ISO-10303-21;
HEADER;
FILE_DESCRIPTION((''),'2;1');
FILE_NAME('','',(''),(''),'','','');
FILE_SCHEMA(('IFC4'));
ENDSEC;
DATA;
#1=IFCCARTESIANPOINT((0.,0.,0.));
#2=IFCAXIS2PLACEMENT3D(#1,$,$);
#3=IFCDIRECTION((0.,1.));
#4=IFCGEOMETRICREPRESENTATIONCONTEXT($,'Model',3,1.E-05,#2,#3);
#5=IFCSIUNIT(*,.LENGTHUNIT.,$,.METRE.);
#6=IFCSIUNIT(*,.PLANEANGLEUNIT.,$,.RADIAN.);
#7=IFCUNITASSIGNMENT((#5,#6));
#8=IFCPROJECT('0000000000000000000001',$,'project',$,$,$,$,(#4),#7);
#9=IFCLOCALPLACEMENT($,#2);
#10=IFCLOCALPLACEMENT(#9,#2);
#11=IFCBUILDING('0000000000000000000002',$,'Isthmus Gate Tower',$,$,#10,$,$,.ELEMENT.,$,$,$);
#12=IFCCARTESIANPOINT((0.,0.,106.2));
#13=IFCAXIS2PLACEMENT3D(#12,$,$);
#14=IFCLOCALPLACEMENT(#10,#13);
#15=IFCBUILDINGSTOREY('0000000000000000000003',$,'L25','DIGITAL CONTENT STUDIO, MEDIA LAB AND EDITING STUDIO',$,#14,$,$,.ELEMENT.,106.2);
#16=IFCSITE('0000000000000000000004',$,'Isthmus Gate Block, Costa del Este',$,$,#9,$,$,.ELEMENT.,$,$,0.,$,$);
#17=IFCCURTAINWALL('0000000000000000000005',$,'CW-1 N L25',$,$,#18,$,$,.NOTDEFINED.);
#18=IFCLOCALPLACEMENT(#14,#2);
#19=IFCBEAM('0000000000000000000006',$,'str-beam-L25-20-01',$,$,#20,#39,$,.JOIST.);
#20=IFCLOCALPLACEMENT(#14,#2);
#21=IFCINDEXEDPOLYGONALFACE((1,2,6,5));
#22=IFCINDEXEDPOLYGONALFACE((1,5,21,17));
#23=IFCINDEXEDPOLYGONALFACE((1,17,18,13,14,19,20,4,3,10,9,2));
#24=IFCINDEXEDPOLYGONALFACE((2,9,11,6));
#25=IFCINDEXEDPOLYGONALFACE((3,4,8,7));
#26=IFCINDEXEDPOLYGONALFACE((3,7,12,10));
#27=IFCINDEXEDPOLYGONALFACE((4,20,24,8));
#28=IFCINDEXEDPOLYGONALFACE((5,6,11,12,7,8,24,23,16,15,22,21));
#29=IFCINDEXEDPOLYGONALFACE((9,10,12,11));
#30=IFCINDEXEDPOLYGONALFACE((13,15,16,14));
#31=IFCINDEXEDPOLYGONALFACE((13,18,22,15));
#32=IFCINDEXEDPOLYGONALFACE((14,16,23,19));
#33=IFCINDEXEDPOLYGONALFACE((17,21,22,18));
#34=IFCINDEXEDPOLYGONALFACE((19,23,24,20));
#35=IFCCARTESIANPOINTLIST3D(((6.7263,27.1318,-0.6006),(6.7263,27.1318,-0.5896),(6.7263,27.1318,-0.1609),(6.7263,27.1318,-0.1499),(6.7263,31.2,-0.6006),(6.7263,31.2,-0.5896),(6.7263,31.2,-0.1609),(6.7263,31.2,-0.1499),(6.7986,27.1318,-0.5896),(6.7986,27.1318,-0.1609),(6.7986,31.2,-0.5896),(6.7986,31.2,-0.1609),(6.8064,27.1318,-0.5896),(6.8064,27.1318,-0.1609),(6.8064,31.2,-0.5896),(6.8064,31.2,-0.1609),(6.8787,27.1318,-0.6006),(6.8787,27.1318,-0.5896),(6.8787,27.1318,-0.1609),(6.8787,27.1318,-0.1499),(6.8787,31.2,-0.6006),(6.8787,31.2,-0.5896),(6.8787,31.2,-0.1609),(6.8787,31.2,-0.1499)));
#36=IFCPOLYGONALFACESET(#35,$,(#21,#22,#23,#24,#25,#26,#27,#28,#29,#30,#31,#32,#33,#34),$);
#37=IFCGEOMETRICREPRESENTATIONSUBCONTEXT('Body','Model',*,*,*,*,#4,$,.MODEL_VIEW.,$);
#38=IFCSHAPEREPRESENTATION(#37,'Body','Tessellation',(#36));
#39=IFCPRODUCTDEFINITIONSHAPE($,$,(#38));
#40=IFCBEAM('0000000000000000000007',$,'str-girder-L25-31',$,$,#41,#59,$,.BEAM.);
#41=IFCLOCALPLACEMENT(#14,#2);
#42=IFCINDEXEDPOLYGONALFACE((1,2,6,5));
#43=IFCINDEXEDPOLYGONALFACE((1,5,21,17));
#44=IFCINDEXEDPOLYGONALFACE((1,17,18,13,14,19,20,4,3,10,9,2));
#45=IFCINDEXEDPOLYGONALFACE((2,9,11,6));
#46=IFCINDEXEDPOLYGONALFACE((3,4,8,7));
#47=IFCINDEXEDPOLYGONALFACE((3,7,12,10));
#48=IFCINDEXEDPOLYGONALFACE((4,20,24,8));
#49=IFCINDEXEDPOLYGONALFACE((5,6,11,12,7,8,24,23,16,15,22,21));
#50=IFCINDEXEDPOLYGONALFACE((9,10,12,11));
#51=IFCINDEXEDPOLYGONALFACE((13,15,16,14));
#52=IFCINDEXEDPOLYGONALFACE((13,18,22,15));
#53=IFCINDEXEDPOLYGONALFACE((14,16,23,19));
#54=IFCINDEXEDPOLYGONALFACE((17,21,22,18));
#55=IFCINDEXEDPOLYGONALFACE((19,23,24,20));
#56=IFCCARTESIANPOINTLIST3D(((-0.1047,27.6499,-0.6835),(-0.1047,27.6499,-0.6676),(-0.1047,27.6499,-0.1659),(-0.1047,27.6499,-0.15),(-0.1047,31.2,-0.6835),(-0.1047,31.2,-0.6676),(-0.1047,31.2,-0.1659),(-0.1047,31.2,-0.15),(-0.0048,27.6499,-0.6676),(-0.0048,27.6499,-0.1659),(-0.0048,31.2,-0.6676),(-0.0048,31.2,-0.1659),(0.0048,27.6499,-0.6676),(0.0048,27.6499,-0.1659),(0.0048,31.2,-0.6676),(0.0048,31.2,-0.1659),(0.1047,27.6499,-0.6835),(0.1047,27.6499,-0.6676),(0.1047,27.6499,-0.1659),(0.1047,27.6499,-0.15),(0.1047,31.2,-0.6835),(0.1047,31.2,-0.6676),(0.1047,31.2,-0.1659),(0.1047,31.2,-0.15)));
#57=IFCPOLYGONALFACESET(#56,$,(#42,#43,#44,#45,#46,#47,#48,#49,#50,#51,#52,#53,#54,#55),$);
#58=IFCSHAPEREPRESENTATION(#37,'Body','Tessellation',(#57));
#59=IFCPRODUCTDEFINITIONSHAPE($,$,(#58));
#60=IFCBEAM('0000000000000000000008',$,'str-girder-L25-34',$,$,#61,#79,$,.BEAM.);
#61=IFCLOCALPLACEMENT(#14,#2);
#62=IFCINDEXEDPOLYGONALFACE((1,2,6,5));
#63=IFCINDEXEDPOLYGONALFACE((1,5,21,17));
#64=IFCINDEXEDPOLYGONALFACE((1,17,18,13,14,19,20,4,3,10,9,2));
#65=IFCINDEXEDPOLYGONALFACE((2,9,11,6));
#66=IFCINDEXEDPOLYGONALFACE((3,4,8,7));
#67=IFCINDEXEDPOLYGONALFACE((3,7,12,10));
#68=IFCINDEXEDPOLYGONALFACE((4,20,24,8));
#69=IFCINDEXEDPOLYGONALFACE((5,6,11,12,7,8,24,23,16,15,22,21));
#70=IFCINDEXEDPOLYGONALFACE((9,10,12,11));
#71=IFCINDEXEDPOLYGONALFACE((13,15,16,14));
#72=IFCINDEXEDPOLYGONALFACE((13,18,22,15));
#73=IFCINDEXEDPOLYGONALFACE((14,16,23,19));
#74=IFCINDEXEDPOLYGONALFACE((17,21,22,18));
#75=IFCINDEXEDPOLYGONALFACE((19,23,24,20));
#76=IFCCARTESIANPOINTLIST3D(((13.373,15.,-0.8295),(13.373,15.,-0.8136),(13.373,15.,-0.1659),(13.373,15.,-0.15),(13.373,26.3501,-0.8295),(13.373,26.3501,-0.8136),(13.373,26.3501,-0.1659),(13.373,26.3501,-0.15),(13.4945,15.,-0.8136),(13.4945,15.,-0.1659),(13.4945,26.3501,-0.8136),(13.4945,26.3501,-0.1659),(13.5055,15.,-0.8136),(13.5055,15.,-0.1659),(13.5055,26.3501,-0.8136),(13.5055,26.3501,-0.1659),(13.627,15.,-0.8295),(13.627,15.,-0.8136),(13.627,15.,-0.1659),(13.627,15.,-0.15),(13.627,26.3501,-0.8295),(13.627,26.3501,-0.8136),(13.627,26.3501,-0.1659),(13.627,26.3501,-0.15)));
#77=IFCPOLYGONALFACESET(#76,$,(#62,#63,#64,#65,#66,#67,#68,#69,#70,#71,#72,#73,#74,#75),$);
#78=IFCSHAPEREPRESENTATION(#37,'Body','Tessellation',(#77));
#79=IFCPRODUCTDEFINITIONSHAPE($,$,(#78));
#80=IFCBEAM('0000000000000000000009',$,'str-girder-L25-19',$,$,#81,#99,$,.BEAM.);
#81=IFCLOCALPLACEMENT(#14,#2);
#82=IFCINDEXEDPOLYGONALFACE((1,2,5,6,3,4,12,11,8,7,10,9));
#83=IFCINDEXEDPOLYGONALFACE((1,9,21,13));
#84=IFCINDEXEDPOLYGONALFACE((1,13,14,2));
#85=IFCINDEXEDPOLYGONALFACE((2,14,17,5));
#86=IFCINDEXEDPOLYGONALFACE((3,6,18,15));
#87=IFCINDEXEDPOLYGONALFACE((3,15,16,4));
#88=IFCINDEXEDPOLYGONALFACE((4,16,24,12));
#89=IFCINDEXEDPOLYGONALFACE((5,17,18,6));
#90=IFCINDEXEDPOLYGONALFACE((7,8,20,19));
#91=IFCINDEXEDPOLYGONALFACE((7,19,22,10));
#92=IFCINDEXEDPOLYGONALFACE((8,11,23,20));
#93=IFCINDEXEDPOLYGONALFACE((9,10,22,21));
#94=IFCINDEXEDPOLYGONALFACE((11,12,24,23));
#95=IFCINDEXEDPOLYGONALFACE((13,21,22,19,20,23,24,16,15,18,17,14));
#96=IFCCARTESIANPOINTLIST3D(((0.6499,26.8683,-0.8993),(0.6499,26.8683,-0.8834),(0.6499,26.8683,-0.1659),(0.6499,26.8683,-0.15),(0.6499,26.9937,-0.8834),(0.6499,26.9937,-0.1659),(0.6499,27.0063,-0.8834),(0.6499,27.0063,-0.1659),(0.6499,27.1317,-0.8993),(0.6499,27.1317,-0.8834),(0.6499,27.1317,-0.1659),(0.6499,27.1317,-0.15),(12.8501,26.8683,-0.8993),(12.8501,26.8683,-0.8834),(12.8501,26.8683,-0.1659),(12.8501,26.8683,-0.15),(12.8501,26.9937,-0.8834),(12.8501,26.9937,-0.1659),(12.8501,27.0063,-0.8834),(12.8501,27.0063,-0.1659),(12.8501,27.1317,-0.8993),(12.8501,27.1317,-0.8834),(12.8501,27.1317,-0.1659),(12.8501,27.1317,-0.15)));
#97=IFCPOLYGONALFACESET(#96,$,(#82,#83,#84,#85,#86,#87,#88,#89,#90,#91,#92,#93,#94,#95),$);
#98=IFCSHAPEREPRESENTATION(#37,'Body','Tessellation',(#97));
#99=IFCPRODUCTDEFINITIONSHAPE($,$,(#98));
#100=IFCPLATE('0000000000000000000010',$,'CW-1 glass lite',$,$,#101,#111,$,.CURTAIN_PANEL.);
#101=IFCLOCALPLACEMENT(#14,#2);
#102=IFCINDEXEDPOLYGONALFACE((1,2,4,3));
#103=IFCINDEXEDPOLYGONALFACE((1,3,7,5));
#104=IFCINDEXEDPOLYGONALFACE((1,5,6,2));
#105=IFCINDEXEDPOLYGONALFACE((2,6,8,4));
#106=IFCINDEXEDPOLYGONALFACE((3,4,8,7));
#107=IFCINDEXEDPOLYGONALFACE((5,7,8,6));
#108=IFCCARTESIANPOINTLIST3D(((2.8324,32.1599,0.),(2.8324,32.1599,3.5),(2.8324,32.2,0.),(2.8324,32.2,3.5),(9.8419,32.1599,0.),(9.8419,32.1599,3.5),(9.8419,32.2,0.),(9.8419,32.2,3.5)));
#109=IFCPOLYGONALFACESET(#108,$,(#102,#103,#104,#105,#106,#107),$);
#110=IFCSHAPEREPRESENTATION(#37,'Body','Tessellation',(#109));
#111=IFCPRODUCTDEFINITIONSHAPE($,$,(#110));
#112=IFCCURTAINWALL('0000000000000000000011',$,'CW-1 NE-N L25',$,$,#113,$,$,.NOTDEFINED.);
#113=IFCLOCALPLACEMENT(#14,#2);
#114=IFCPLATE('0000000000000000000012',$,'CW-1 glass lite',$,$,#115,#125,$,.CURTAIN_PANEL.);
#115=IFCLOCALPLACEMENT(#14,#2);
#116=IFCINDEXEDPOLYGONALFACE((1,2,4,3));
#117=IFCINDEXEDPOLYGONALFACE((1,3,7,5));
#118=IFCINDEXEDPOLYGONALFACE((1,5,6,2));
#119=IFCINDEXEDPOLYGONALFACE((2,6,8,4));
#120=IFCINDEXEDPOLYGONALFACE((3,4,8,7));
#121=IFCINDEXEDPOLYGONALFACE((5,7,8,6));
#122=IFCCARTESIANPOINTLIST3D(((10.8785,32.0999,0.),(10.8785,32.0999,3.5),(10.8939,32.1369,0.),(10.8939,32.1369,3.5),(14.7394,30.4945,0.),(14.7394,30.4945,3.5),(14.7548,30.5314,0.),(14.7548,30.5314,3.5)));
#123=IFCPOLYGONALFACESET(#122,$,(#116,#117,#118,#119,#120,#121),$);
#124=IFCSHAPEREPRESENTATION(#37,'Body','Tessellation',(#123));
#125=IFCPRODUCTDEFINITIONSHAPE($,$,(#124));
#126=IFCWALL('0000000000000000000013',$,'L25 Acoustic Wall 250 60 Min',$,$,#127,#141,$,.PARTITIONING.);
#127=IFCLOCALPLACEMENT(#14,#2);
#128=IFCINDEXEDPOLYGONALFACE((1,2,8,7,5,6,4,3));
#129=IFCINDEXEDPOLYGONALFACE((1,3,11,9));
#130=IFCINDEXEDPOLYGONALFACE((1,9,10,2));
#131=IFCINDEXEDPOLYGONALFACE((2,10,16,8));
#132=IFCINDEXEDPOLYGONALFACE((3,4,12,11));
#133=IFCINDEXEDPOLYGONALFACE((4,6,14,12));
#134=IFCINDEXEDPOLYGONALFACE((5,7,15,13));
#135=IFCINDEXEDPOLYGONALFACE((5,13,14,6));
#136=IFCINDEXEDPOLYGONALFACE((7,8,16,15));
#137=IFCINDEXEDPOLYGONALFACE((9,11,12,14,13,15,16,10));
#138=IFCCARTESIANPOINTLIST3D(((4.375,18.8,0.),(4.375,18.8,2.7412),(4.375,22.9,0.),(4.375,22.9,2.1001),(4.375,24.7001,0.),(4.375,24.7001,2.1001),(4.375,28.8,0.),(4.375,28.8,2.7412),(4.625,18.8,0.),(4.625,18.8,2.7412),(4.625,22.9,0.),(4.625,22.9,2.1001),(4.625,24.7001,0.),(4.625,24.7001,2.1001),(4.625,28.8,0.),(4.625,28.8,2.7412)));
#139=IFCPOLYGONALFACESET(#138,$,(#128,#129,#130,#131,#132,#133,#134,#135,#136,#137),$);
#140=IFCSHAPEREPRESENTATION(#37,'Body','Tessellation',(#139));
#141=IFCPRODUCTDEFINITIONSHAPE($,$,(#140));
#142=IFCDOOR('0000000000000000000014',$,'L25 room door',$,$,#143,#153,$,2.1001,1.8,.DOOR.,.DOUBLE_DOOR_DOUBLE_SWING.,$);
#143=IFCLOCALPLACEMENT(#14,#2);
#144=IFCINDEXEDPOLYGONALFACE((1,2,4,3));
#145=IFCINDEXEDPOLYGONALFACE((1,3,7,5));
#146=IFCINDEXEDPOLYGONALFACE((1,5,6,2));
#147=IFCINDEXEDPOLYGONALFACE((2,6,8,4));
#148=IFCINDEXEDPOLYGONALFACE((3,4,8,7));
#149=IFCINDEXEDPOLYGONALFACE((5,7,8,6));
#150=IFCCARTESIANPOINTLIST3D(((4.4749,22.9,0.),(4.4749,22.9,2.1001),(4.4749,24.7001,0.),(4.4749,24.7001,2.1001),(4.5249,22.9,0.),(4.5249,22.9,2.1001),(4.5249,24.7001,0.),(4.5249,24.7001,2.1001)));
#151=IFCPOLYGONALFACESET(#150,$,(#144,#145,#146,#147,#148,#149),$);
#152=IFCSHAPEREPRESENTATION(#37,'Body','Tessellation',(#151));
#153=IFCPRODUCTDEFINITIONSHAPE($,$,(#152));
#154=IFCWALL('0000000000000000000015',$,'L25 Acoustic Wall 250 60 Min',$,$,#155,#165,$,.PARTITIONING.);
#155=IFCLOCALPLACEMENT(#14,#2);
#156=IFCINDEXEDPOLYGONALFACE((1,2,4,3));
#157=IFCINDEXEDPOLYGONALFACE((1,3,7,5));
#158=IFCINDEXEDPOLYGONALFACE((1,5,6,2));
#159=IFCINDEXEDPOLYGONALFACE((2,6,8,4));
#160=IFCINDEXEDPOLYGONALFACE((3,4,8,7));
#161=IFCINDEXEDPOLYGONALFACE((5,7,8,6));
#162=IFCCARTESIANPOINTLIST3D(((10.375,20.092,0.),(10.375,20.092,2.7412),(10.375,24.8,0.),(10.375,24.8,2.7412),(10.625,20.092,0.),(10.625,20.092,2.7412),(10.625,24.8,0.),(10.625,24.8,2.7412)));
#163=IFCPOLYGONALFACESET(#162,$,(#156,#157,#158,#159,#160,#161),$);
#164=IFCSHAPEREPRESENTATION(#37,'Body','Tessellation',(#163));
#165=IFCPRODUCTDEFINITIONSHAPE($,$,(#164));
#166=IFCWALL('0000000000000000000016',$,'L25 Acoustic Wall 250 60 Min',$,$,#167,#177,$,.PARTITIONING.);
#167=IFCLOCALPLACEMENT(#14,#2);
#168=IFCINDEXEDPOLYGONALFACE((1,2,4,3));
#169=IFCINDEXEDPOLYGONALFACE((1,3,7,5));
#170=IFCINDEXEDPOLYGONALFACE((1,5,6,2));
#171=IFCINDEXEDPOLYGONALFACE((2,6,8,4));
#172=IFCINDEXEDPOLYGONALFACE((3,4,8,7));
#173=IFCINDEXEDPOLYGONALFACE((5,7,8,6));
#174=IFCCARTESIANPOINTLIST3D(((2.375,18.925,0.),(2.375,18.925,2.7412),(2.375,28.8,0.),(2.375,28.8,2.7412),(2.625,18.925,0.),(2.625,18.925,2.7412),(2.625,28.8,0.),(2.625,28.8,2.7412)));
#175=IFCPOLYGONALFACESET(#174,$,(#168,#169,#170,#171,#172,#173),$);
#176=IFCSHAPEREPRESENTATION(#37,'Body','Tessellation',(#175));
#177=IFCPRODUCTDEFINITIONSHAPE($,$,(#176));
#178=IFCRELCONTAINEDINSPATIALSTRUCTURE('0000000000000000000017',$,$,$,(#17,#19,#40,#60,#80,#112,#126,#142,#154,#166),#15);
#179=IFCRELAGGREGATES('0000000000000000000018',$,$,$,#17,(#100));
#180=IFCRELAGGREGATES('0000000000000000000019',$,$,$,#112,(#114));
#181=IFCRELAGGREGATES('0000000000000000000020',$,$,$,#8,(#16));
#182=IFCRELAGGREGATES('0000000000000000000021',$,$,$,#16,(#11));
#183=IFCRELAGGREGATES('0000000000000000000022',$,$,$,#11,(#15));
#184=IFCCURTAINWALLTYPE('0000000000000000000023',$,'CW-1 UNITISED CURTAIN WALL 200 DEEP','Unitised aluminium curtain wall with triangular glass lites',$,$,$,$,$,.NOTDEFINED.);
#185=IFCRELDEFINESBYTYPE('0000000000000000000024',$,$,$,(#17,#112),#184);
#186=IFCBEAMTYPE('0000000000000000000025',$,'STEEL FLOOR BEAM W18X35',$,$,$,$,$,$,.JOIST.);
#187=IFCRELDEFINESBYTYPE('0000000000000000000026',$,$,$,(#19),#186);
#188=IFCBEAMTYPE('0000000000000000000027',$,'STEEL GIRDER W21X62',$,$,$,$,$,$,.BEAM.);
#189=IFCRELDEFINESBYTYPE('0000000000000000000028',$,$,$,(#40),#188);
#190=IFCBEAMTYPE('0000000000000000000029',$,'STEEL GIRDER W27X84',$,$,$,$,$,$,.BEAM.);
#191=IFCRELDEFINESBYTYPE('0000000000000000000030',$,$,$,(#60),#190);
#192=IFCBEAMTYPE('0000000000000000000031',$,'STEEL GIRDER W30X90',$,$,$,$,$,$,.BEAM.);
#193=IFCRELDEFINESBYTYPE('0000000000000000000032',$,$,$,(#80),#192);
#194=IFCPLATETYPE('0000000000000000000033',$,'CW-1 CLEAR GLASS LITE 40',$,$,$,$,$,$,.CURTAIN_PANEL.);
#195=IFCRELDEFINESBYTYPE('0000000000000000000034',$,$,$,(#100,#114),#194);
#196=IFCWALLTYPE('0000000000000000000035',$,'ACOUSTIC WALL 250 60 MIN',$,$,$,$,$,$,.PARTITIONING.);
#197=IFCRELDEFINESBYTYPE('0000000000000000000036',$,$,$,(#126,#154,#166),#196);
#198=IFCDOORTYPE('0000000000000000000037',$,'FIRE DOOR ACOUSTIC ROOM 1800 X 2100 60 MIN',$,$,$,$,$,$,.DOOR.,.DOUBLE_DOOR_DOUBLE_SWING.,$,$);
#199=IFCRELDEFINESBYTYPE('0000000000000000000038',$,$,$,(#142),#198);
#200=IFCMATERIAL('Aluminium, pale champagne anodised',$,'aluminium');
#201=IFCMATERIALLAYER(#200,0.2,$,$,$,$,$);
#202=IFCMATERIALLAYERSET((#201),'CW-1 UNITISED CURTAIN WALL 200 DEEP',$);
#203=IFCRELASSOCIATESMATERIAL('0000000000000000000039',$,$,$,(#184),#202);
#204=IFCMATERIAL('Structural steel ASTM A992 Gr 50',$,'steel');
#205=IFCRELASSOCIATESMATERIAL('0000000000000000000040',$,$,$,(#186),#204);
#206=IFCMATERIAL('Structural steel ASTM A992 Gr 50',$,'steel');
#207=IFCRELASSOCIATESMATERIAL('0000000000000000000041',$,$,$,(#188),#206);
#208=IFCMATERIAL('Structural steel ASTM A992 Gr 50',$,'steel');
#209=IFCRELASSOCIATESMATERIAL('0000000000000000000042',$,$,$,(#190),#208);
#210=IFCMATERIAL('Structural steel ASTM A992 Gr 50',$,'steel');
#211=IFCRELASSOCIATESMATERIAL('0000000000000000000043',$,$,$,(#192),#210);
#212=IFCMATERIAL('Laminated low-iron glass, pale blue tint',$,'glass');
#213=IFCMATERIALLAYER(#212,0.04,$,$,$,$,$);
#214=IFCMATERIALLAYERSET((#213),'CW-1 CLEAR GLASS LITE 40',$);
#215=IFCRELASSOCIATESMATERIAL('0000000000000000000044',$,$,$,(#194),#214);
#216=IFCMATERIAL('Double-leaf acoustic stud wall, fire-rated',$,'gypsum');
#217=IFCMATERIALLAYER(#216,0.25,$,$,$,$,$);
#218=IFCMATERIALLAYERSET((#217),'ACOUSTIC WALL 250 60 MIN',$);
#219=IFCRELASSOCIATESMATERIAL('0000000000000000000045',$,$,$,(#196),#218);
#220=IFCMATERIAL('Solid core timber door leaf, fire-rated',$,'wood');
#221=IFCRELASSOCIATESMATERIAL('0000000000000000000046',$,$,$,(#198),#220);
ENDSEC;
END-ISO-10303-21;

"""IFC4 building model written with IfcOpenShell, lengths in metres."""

from ifc_helpers import new_model, si_unit, direction, frame, frame_2d, origin, origin_2d, place, context, subcontext, project, spatial, rectangle, i_section, extrude, material, layer, layer_set, material_profile, profile_set, type_object, element, fill, aggregate, save


model = new_model("IFC4")

# Units and contexts
model_context = context("Model", 3, precision=1e-05, world=origin(), true_north=direction((0.0, 1.0)))
body_context = subcontext(model_context, "Body", "Model", "MODEL_VIEW")
ifc_project = project(units=[si_unit("LENGTHUNIT", "METRE"), si_unit("PLANEANGLEUNIT", "RADIAN")], contexts=[model_context])

# Site, building, storey
site_placement = place(None, origin())
site = spatial("IfcSite", under=ifc_project, at=site_placement, Name="Isthmus Gate Block, Costa del Este", CompositionType="ELEMENT", RefElevation=0.0)
building_placement = place(site_placement, origin())
building = spatial("IfcBuilding", under=site, at=building_placement, Name="Isthmus Gate Tower", CompositionType="ELEMENT")
storey_placement = place(building_placement, frame((0.0, 0.0, 106.2)))
storey = spatial("IfcBuildingStorey", under=building, at=storey_placement, Name="L25", Description="DIGITAL CONTENT STUDIO, MEDIA LAB AND EDITING STUDIO", CompositionType="ELEMENT", Elevation=106.2)

# Curtain wall
ifc_material_1 = material(Name="Aluminium, pale champagne anodised", Category="aluminium")
ifc_layer_1 = layer(ifc_material_1, 0.2)
ifc_layer_set_1 = layer_set([ifc_layer_1], Name="CW-1 UNITISED CURTAIN WALL 200 DEEP")
curtain_wall_type = type_object("IfcCurtainWallType", Name="CW-1 UNITISED CURTAIN WALL 200 DEEP", Description="Unitised aluminium curtain wall with triangular glass lites", PredefinedType="NOTDEFINED", material=ifc_layer_set_1)
curtain_wall_1_placement = place(storey_placement, origin())
curtain_wall_1 = element("IfcCurtainWall", 1, at=curtain_wall_1_placement, inside=storey, type_object=curtain_wall_type, Name="CW-1 N L25", PredefinedType="NOTDEFINED")

# Beams
ifc_material_2 = material(Name="Structural steel ASTM A992 Gr 50", Category="steel")
ifc_material_profile_1 = material_profile(ifc_material_2, i_section(OverallWidth=0.1523, OverallDepth=0.4507, WebThickness=0.0078, FlangeThickness=0.011, at=origin_2d()), Name="W18X35")
ifc_profile_set_1 = profile_set([ifc_material_profile_1], Name="Structural steel ASTM A992 Gr 50")
beam_type_1 = type_object("IfcBeamType", Name="STEEL FLOOR BEAM W18X35", PredefinedType="JOIST", material=ifc_profile_set_1)
beam_1_placement = place(storey_placement, frame((6.8025, 27.1318, -0.3752), z_axis=(0.0, 1.0, 0.0), x_axis=(-1.0, 0.0, 0.0)))
element("IfcBeam", 2, at=beam_1_placement, inside=storey, type_object=beam_type_1, Name="str-beam-L25-20-01", PredefinedType="JOIST", context=body_context, shape_type="SweptSolid", body=[
    extrude(i_section(OverallWidth=0.1523, OverallDepth=0.4507, WebThickness=0.0078, FlangeThickness=0.011, at=origin_2d()), origin(), (0.0, 0.0, 1.0), 4.0681),
])
ifc_material_3 = material(Name="Structural steel ASTM A992 Gr 50", Category="steel")
ifc_material_profile_2 = material_profile(ifc_material_3, i_section(OverallWidth=0.2095, OverallDepth=0.5334, WebThickness=0.0095, FlangeThickness=0.0159, at=origin_2d()), Name="W21X62")
ifc_profile_set_2 = profile_set([ifc_material_profile_2], Name="Structural steel ASTM A992 Gr 50")
beam_type_2 = type_object("IfcBeamType", Name="STEEL GIRDER W21X62", PredefinedType="BEAM", material=ifc_profile_set_2)
beam_2_placement = place(storey_placement, frame((0.0, 27.6499, -0.4167), z_axis=(0.0, 1.0, 0.0), x_axis=(-1.0, 0.0, 0.0)))
element("IfcBeam", 3, at=beam_2_placement, inside=storey, type_object=beam_type_2, Name="str-girder-L25-31", PredefinedType="BEAM", context=body_context, shape_type="SweptSolid", body=[
    extrude(i_section(OverallWidth=0.2095, OverallDepth=0.5334, WebThickness=0.0095, FlangeThickness=0.0159, at=origin_2d()), origin(), (0.0, 0.0, 1.0), 3.55),
])
ifc_material_4 = material(Name="Structural steel ASTM A992 Gr 50", Category="steel")
ifc_material_profile_3 = material_profile(ifc_material_4, i_section(OverallWidth=0.2539, OverallDepth=0.6794, WebThickness=0.011, FlangeThickness=0.0159, at=origin_2d()), Name="W27X84")
ifc_profile_set_3 = profile_set([ifc_material_profile_3], Name="Structural steel ASTM A992 Gr 50")
beam_type_3 = type_object("IfcBeamType", Name="STEEL GIRDER W27X84", PredefinedType="BEAM", material=ifc_profile_set_3)
beam_3_placement = place(storey_placement, frame((13.5, 15.0, -0.4897), z_axis=(0.0, 1.0, 0.0), x_axis=(-1.0, 0.0, 0.0)))
element("IfcBeam", 4, at=beam_3_placement, inside=storey, type_object=beam_type_3, Name="str-girder-L25-34", PredefinedType="BEAM", context=body_context, shape_type="SweptSolid", body=[
    extrude(i_section(OverallWidth=0.2539, OverallDepth=0.6794, WebThickness=0.011, FlangeThickness=0.0159, at=origin_2d()), origin(), (0.0, 0.0, 1.0), 11.3501),
])
ifc_material_5 = material(Name="Structural steel ASTM A992 Gr 50", Category="steel")
ifc_material_profile_4 = material_profile(ifc_material_5, i_section(OverallWidth=0.2634, OverallDepth=0.7493, WebThickness=0.0127, FlangeThickness=0.0159, at=origin_2d()), Name="W30X90")
ifc_profile_set_4 = profile_set([ifc_material_profile_4], Name="Structural steel ASTM A992 Gr 50")
beam_type_4 = type_object("IfcBeamType", Name="STEEL GIRDER W30X90", PredefinedType="BEAM", material=ifc_profile_set_4)
beam_4_placement = place(storey_placement, frame((0.6499, 27.0, -0.5247), z_axis=(1.0, 0.0, 0.0), x_axis=(0.0, 1.0, 0.0)))
element("IfcBeam", 5, at=beam_4_placement, inside=storey, type_object=beam_type_4, Name="str-girder-L25-19", PredefinedType="BEAM", context=body_context, shape_type="SweptSolid", body=[
    extrude(i_section(OverallWidth=0.2634, OverallDepth=0.7493, WebThickness=0.0127, FlangeThickness=0.0159, at=origin_2d()), origin(), (0.0, 0.0, 1.0), 12.2002),
])

# Plate
ifc_material_6 = material(Name="Laminated low-iron glass, pale blue tint", Category="glass")
ifc_layer_2 = layer(ifc_material_6, 0.04)
ifc_layer_set_2 = layer_set([ifc_layer_2], Name="CW-1 CLEAR GLASS LITE 40")
plate_type = type_object("IfcPlateType", Name="CW-1 CLEAR GLASS LITE 40", PredefinedType="CURTAIN_PANEL", material=ifc_layer_set_2)
plate_1_placement = place(storey_placement, frame((6.3372, 32.1799, 0.0), z_axis=(0.0, 0.0, 1.0), x_axis=(-1.0, 0.0, 0.0)))
plate_1 = element("IfcPlate", 6, at=plate_1_placement, type_object=plate_type, Name="CW-1 glass lite", PredefinedType="CURTAIN_PANEL", context=body_context, shape_type="SweptSolid", body=[
    extrude(rectangle(XDim=7.0095, YDim=0.04, at=origin_2d()), origin(), (0.0, 0.0, 1.0), 3.5),
])
aggregate(curtain_wall_1, [plate_1])

# Curtain wall, plate
curtain_wall_2_placement = place(storey_placement, origin())
curtain_wall_2 = element("IfcCurtainWall", 7, at=curtain_wall_2_placement, inside=storey, type_object=curtain_wall_type, Name="CW-1 NE-N L25", PredefinedType="NOTDEFINED")
plate_2_placement = place(storey_placement, frame((12.8167, 31.3157, 0.0), z_axis=(0.0, 0.0, 1.0), x_axis=(-0.923353, 0.383952, 0.0)))
plate_2 = element("IfcPlate", 8, at=plate_2_placement, type_object=plate_type, Name="CW-1 glass lite", PredefinedType="CURTAIN_PANEL", context=body_context, shape_type="SweptSolid", body=[
    extrude(rectangle(XDim=4.1814, YDim=0.04, at=origin_2d()), origin(), (0.0, 0.0, 1.0), 3.5),
])
aggregate(curtain_wall_2, [plate_2])

# Wall, opening, door
ifc_material_7 = material(Name="Double-leaf acoustic stud wall, fire-rated", Category="gypsum")
ifc_layer_3 = layer(ifc_material_7, 0.25)
ifc_layer_set_3 = layer_set([ifc_layer_3], Name="ACOUSTIC WALL 250 60 MIN")
wall_type_1 = type_object("IfcWallType", Name="ACOUSTIC WALL 250 60 MIN", PredefinedType="PARTITIONING", material=ifc_layer_set_3)
wall_1_placement = place(storey_placement, frame((4.5, 28.8, 0.0), z_axis=(0.0, 0.0, 1.0), x_axis=(0.0, -1.0, 0.0)))
wall_1 = element("IfcWall", 9, at=wall_1_placement, inside=storey, type_object=wall_type_1, Name="L25 Acoustic Wall 250 60 Min", PredefinedType="PARTITIONING", context=body_context, shape_type="SweptSolid", body=[
    extrude(rectangle(XDim=10.0, YDim=0.25, at=frame_2d((5.0, 0.0))), origin(), (0.0, 0.0, 1.0), 2.7412),
])
opening_1_placement = place(wall_1_placement, frame((4.1001, 0.0, 0.0)))
opening_1 = element("IfcOpeningElement", 10, at=opening_1_placement, cuts=wall_1, PredefinedType="OPENING", context=body_context, shape_type="SweptSolid", body=[
    extrude(rectangle(XDim=1.8, YDim=2.1001, at=frame_2d((0.8999, 1.05))), frame((0.0, 0.135, 0.0), z_axis=(0.0, -1.0, 0.0), x_axis=(1.0, 0.0, 0.0)), (0.0, 0.0, 1.0), 0.27),
])
ifc_material_8 = material(Name="Solid core timber door leaf, fire-rated", Category="wood")
door_type_1 = type_object("IfcDoorType", Name="FIRE DOOR ACOUSTIC ROOM 1800 X 2100 60 MIN", OperationType="DOUBLE_DOOR_DOUBLE_SWING", PredefinedType="DOOR", material=ifc_material_8)
door_1_placement = place(opening_1_placement, origin())
door_1 = element("IfcDoor", 11, at=door_1_placement, inside=storey, type_object=door_type_1, Name="L25 room door", OperationType="DOUBLE_DOOR_DOUBLE_SWING", OverallHeight=2.1001, OverallWidth=1.8, PredefinedType="DOOR", context=body_context, shape_type="SweptSolid", body=[
    extrude(rectangle(XDim=1.8, YDim=2.1001, at=frame_2d((0.8999, 1.05))), frame((0.0, 0.0249, 0.0), z_axis=(0.0, -1.0, 0.0), x_axis=(1.0, 0.0, 0.0)), (0.0, 0.0, 1.0), 0.05),
])
fill(opening_1, door_1)

# Walls
wall_2_placement = place(storey_placement, frame((10.5, 24.8, 0.0), z_axis=(0.0, 0.0, 1.0), x_axis=(0.0, -1.0, 0.0)))
element("IfcWall", 12, at=wall_2_placement, inside=storey, type_object=wall_type_1, Name="L25 Acoustic Wall 250 60 Min", PredefinedType="PARTITIONING", context=body_context, shape_type="SweptSolid", body=[
    extrude(rectangle(XDim=4.708, YDim=0.25, at=frame_2d((2.354, 0.0))), origin(), (0.0, 0.0, 1.0), 2.7412),
])
wall_3_placement = place(storey_placement, frame((2.5, 18.925, 0.0), z_axis=(0.0, 0.0, 1.0), x_axis=(0.0, 1.0, 0.0)))
element("IfcWall", 13, at=wall_3_placement, inside=storey, type_object=wall_type_1, Name="L25 Acoustic Wall 250 60 Min", PredefinedType="PARTITIONING", context=body_context, shape_type="SweptSolid", body=[
    extrude(rectangle(XDim=9.875, YDim=0.25, at=frame_2d((4.9375, 0.0))), origin(), (0.0, 0.0, 1.0), 2.7412),
])

save(model, "model.ifc")
